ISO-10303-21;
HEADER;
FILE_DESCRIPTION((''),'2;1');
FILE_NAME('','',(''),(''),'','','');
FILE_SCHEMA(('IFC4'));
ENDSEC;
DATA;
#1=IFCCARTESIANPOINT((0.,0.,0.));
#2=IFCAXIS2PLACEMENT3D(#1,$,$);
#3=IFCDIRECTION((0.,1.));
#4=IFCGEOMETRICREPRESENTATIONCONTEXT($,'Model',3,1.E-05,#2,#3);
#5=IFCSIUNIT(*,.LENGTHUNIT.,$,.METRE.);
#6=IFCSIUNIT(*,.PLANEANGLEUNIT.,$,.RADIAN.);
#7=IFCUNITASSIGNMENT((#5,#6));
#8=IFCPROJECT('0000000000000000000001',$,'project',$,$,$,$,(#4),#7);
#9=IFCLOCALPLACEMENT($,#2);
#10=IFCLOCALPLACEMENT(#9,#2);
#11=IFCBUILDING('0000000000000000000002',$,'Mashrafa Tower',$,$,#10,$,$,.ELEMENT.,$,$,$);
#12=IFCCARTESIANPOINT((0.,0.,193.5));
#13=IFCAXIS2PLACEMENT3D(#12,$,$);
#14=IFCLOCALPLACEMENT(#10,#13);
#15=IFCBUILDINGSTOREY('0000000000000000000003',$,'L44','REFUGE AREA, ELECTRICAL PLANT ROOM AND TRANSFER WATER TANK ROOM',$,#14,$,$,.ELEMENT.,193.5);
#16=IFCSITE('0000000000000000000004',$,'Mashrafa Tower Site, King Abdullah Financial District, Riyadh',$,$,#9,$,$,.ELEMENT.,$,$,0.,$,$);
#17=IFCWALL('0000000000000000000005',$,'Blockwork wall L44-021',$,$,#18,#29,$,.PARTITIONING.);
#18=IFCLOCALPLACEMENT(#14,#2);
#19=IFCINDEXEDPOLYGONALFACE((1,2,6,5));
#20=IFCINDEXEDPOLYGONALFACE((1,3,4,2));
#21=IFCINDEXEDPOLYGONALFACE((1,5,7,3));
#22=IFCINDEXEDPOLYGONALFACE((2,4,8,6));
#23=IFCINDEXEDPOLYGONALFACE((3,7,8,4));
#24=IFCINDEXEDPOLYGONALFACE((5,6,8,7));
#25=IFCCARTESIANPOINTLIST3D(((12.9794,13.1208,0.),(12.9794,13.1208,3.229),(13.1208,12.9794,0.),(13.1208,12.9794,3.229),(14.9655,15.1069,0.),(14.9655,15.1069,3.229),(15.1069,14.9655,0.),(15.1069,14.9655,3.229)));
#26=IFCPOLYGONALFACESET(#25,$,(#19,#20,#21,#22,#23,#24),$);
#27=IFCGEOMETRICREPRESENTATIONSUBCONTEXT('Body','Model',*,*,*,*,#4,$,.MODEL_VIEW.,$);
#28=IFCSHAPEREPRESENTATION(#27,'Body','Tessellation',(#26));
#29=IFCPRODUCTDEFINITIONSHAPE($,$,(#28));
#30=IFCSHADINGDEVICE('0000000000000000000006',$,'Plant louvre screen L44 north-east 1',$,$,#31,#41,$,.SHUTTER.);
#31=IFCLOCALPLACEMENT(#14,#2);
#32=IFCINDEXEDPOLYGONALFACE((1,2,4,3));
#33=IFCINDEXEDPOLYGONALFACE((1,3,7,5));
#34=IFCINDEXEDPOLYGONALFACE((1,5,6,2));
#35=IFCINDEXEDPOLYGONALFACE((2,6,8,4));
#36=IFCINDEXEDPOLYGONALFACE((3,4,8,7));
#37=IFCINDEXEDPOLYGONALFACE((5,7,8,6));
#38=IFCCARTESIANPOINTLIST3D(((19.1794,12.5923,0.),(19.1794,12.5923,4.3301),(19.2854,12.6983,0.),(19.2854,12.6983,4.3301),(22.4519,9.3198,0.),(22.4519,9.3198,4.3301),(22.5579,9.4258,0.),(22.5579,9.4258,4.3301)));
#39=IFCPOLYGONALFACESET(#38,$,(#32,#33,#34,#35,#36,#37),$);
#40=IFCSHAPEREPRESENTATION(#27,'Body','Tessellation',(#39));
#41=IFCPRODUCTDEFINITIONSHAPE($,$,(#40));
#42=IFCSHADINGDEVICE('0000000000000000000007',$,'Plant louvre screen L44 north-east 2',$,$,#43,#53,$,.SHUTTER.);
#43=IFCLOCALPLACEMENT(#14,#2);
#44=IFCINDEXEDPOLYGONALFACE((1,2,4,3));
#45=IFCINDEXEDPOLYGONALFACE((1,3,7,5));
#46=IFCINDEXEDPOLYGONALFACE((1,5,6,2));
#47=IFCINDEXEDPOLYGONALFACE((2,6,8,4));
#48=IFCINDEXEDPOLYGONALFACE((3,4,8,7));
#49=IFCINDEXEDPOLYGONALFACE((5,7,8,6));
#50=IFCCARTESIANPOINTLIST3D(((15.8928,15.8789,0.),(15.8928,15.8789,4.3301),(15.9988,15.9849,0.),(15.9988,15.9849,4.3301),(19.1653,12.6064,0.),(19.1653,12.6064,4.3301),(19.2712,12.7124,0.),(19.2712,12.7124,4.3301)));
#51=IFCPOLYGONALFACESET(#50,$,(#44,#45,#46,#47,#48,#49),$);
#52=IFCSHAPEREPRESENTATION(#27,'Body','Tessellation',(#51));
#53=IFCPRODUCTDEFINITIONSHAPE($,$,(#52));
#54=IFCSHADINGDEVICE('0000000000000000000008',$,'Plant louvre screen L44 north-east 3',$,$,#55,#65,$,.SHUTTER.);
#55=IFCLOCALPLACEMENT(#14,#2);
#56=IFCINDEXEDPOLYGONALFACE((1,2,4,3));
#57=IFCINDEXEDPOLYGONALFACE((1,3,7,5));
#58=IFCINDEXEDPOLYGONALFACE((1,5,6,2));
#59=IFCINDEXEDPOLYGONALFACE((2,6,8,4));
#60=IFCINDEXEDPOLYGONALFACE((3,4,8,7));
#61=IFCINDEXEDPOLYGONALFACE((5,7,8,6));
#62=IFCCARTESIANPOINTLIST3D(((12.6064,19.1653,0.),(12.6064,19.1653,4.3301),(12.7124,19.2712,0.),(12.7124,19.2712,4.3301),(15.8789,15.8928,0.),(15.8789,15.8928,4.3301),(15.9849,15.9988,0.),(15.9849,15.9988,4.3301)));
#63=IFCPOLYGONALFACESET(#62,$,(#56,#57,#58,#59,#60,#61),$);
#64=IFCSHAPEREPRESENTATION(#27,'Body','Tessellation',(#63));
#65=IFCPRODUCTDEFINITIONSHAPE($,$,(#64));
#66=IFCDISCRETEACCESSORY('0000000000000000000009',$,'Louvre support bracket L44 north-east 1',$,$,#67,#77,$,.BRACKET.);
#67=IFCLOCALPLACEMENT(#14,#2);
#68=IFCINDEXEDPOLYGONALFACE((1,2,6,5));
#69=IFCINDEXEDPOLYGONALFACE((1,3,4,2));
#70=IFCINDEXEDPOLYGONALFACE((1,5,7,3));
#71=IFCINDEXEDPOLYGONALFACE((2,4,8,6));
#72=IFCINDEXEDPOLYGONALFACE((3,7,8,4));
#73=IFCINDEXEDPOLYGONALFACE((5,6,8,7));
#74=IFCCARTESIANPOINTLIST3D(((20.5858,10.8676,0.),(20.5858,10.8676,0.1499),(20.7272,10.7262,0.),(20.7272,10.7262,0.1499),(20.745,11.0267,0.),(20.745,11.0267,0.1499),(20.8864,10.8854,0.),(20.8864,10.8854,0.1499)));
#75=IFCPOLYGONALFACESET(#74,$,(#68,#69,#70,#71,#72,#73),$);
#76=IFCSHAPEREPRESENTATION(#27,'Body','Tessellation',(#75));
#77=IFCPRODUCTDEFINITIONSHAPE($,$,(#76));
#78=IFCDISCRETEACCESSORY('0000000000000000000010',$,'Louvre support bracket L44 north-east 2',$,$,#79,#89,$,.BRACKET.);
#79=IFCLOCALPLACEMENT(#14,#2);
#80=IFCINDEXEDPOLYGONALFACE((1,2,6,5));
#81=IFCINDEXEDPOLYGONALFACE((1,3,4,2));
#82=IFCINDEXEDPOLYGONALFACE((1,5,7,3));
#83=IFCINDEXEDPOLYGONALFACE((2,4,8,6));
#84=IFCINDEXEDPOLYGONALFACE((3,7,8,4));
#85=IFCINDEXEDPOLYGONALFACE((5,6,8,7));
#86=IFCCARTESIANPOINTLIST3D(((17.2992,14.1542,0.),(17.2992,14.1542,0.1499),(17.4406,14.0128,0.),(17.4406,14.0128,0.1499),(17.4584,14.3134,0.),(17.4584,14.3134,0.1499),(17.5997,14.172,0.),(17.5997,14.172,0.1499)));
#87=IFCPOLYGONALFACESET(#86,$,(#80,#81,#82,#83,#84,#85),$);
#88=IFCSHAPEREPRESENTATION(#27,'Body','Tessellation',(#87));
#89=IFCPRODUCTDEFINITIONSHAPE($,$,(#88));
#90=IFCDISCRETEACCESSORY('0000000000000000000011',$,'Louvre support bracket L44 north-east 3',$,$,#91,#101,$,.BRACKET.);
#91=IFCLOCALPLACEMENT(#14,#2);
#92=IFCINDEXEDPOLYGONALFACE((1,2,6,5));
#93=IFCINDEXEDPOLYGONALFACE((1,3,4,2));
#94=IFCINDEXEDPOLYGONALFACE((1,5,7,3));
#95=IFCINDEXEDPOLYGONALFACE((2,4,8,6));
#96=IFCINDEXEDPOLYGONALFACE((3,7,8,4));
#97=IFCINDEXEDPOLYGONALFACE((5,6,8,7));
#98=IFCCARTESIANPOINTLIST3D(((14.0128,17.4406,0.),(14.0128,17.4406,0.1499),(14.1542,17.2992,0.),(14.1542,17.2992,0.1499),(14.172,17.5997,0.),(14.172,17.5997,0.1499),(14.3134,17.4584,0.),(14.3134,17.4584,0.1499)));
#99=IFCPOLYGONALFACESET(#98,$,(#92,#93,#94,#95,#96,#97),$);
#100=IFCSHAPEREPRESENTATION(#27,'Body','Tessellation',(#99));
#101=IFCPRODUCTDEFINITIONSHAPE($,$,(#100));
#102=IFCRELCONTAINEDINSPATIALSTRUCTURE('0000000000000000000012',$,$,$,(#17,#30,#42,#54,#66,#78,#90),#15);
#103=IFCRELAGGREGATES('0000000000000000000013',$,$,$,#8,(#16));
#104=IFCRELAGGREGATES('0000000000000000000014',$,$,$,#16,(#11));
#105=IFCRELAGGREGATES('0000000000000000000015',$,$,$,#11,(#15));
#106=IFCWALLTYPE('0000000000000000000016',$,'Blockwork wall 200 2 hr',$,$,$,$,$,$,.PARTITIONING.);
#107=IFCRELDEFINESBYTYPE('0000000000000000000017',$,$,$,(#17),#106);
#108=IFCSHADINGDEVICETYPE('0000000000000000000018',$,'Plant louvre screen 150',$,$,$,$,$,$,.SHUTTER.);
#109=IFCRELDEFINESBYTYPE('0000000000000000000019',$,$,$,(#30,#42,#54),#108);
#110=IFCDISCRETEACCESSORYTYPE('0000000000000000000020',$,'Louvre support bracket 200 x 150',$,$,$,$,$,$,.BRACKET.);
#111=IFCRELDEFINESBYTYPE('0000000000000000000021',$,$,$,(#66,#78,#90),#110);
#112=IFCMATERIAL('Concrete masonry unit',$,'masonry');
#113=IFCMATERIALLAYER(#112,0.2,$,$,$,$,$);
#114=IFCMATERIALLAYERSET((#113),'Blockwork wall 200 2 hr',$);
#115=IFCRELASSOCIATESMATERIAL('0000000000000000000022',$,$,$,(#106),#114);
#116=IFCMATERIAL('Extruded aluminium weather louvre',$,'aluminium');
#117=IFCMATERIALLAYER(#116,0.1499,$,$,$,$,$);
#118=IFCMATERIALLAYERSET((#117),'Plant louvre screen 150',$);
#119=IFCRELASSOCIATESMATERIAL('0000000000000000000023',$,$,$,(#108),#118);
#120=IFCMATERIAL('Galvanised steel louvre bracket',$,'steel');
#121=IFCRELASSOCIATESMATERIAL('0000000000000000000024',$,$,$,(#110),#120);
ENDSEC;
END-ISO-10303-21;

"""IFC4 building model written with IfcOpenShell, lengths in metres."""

from ifc_helpers import new_model, si_unit, direction, frame, frame_2d, origin, origin_2d, place, context, subcontext, project, spatial, rectangle, extrude, source, transform, mapped, material, layer, layer_set, type_object, type_shapes, element, save


model = new_model("IFC4")

# Units and contexts
model_context = context("Model", 3, precision=1e-05, world=origin(), true_north=direction((0.0, 1.0)))
body_context = subcontext(model_context, "Body", "Model", "MODEL_VIEW")
ifc_project = project(units=[si_unit("LENGTHUNIT", "METRE"), si_unit("PLANEANGLEUNIT", "RADIAN")], contexts=[model_context])

# Site, building, storey
site_placement = place(None, origin())
site = spatial("IfcSite", under=ifc_project, at=site_placement, Name="Mashrafa Tower Site, King Abdullah Financial District, Riyadh", CompositionType="ELEMENT", RefElevation=0.0)
building_placement = place(site_placement, origin())
building = spatial("IfcBuilding", under=site, at=building_placement, Name="Mashrafa Tower", CompositionType="ELEMENT")
storey_placement = place(building_placement, frame((0.0, 0.0, 193.5)))
storey = spatial("IfcBuildingStorey", under=building, at=storey_placement, Name="L44", Description="REFUGE AREA, ELECTRICAL PLANT ROOM AND TRANSFER WATER TANK ROOM", CompositionType="ELEMENT", Elevation=193.5)

# Wall
ifc_material_1 = material(Name="Concrete masonry unit", Category="masonry")
ifc_layer_1 = layer(ifc_material_1, 0.2)
ifc_layer_set_1 = layer_set([ifc_layer_1], Name="Blockwork wall 200 2 hr")
wall_type = type_object("IfcWallType", Name="Blockwork wall 200 2 hr", PredefinedType="PARTITIONING", material=ifc_layer_set_1)
wall_placement = place(storey_placement, frame((15.0361, 15.0361, 0.0), z_axis=(0.0, 0.0, 1.0), x_axis=(-0.707107, -0.707107, 0.0)))
element("IfcWall", 1, at=wall_placement, inside=storey, type_object=wall_type, Name="Blockwork wall L44-021", PredefinedType="PARTITIONING", context=body_context, shape_type="SweptSolid", body=[
    extrude(rectangle(XDim=2.8088, YDim=0.2, at=frame_2d((1.4043, 0.0))), origin(), (0.0, 0.0, 1.0), 3.229),
])

# Shading devices
ifc_material_2 = material(Name="Extruded aluminium weather louvre", Category="aluminium")
ifc_layer_2 = layer(ifc_material_2, 0.1499)
ifc_layer_set_2 = layer_set([ifc_layer_2], Name="Plant louvre screen 150")
shading_device_type = type_object("IfcShadingDeviceType", Name="Plant louvre screen 150", PredefinedType="SHUTTER", material=ifc_layer_set_2)
shared_shape_1 = source(origin(), body_context, "Body", "SweptSolid", [
    extrude(rectangle(XDim=4.6279, YDim=0.1499, at=origin_2d()), origin(), (0.0, 0.0, 1.0), 4.3301),
])
type_shapes(shading_device_type, [shared_shape_1])
for number, where, z_axis, x_axis, name in (
    (2, (20.8687, 11.009, 0.0), (0.0, 0.0, 1.0), (-0.707107, 0.707107, 0.0), "Plant louvre screen L44 north-east 1"),
    (3, (17.582, 14.2957, 0.0), (0.0, 0.0, 1.0), (-0.707107, 0.707107, 0.0), "Plant louvre screen L44 north-east 2"),
    (4, (14.2957, 17.582, 0.0), (0.0, 0.0, 1.0), (-0.707107, 0.707107, 0.0), "Plant louvre screen L44 north-east 3"),
):
    element("IfcShadingDevice", number, at=place(storey_placement, frame(where, z_axis=z_axis, x_axis=x_axis)), inside=storey, type_object=shading_device_type, Name=name, PredefinedType="SHUTTER", context=body_context, shape_type="MappedRepresentation", body=[
        mapped(shared_shape_1, transform((0.0, 0.0, 0.0))),
    ])

# Discrete accessories
ifc_material_3 = material(Name="Galvanised steel louvre bracket", Category="steel")
discrete_accessory_type = type_object("IfcDiscreteAccessoryType", Name="Louvre support bracket 200 x 150", PredefinedType="BRACKET", material=ifc_material_3)
shared_shape_2 = source(origin(), body_context, "Body", "SweptSolid", [
    extrude(rectangle(XDim=0.2, YDim=0.2251, at=origin_2d()), origin(), (0.0, 0.0, 1.0), 0.1499),
])
type_shapes(discrete_accessory_type, [shared_shape_2])
for number, where, z_axis, x_axis, name in (
    (5, (20.7361, 10.8765, 0.0), (0.0, 0.0, 1.0), (-0.707107, 0.707107, 0.0), "Louvre support bracket L44 north-east 1"),
    (6, (17.4495, 14.1631, 0.0), (0.0, 0.0, 1.0), (-0.707107, 0.707107, 0.0), "Louvre support bracket L44 north-east 2"),
    (7, (14.1631, 17.4495, 0.0), (0.0, 0.0, 1.0), (-0.707107, 0.707107, 0.0), "Louvre support bracket L44 north-east 3"),
):
    element("IfcDiscreteAccessory", number, at=place(storey_placement, frame(where, z_axis=z_axis, x_axis=x_axis)), inside=storey, type_object=discrete_accessory_type, Name=name, PredefinedType="BRACKET", context=body_context, shape_type="MappedRepresentation", body=[
        mapped(shared_shape_2, transform((0.0, 0.0, 0.0))),
    ])

save(model, "model.ifc")
